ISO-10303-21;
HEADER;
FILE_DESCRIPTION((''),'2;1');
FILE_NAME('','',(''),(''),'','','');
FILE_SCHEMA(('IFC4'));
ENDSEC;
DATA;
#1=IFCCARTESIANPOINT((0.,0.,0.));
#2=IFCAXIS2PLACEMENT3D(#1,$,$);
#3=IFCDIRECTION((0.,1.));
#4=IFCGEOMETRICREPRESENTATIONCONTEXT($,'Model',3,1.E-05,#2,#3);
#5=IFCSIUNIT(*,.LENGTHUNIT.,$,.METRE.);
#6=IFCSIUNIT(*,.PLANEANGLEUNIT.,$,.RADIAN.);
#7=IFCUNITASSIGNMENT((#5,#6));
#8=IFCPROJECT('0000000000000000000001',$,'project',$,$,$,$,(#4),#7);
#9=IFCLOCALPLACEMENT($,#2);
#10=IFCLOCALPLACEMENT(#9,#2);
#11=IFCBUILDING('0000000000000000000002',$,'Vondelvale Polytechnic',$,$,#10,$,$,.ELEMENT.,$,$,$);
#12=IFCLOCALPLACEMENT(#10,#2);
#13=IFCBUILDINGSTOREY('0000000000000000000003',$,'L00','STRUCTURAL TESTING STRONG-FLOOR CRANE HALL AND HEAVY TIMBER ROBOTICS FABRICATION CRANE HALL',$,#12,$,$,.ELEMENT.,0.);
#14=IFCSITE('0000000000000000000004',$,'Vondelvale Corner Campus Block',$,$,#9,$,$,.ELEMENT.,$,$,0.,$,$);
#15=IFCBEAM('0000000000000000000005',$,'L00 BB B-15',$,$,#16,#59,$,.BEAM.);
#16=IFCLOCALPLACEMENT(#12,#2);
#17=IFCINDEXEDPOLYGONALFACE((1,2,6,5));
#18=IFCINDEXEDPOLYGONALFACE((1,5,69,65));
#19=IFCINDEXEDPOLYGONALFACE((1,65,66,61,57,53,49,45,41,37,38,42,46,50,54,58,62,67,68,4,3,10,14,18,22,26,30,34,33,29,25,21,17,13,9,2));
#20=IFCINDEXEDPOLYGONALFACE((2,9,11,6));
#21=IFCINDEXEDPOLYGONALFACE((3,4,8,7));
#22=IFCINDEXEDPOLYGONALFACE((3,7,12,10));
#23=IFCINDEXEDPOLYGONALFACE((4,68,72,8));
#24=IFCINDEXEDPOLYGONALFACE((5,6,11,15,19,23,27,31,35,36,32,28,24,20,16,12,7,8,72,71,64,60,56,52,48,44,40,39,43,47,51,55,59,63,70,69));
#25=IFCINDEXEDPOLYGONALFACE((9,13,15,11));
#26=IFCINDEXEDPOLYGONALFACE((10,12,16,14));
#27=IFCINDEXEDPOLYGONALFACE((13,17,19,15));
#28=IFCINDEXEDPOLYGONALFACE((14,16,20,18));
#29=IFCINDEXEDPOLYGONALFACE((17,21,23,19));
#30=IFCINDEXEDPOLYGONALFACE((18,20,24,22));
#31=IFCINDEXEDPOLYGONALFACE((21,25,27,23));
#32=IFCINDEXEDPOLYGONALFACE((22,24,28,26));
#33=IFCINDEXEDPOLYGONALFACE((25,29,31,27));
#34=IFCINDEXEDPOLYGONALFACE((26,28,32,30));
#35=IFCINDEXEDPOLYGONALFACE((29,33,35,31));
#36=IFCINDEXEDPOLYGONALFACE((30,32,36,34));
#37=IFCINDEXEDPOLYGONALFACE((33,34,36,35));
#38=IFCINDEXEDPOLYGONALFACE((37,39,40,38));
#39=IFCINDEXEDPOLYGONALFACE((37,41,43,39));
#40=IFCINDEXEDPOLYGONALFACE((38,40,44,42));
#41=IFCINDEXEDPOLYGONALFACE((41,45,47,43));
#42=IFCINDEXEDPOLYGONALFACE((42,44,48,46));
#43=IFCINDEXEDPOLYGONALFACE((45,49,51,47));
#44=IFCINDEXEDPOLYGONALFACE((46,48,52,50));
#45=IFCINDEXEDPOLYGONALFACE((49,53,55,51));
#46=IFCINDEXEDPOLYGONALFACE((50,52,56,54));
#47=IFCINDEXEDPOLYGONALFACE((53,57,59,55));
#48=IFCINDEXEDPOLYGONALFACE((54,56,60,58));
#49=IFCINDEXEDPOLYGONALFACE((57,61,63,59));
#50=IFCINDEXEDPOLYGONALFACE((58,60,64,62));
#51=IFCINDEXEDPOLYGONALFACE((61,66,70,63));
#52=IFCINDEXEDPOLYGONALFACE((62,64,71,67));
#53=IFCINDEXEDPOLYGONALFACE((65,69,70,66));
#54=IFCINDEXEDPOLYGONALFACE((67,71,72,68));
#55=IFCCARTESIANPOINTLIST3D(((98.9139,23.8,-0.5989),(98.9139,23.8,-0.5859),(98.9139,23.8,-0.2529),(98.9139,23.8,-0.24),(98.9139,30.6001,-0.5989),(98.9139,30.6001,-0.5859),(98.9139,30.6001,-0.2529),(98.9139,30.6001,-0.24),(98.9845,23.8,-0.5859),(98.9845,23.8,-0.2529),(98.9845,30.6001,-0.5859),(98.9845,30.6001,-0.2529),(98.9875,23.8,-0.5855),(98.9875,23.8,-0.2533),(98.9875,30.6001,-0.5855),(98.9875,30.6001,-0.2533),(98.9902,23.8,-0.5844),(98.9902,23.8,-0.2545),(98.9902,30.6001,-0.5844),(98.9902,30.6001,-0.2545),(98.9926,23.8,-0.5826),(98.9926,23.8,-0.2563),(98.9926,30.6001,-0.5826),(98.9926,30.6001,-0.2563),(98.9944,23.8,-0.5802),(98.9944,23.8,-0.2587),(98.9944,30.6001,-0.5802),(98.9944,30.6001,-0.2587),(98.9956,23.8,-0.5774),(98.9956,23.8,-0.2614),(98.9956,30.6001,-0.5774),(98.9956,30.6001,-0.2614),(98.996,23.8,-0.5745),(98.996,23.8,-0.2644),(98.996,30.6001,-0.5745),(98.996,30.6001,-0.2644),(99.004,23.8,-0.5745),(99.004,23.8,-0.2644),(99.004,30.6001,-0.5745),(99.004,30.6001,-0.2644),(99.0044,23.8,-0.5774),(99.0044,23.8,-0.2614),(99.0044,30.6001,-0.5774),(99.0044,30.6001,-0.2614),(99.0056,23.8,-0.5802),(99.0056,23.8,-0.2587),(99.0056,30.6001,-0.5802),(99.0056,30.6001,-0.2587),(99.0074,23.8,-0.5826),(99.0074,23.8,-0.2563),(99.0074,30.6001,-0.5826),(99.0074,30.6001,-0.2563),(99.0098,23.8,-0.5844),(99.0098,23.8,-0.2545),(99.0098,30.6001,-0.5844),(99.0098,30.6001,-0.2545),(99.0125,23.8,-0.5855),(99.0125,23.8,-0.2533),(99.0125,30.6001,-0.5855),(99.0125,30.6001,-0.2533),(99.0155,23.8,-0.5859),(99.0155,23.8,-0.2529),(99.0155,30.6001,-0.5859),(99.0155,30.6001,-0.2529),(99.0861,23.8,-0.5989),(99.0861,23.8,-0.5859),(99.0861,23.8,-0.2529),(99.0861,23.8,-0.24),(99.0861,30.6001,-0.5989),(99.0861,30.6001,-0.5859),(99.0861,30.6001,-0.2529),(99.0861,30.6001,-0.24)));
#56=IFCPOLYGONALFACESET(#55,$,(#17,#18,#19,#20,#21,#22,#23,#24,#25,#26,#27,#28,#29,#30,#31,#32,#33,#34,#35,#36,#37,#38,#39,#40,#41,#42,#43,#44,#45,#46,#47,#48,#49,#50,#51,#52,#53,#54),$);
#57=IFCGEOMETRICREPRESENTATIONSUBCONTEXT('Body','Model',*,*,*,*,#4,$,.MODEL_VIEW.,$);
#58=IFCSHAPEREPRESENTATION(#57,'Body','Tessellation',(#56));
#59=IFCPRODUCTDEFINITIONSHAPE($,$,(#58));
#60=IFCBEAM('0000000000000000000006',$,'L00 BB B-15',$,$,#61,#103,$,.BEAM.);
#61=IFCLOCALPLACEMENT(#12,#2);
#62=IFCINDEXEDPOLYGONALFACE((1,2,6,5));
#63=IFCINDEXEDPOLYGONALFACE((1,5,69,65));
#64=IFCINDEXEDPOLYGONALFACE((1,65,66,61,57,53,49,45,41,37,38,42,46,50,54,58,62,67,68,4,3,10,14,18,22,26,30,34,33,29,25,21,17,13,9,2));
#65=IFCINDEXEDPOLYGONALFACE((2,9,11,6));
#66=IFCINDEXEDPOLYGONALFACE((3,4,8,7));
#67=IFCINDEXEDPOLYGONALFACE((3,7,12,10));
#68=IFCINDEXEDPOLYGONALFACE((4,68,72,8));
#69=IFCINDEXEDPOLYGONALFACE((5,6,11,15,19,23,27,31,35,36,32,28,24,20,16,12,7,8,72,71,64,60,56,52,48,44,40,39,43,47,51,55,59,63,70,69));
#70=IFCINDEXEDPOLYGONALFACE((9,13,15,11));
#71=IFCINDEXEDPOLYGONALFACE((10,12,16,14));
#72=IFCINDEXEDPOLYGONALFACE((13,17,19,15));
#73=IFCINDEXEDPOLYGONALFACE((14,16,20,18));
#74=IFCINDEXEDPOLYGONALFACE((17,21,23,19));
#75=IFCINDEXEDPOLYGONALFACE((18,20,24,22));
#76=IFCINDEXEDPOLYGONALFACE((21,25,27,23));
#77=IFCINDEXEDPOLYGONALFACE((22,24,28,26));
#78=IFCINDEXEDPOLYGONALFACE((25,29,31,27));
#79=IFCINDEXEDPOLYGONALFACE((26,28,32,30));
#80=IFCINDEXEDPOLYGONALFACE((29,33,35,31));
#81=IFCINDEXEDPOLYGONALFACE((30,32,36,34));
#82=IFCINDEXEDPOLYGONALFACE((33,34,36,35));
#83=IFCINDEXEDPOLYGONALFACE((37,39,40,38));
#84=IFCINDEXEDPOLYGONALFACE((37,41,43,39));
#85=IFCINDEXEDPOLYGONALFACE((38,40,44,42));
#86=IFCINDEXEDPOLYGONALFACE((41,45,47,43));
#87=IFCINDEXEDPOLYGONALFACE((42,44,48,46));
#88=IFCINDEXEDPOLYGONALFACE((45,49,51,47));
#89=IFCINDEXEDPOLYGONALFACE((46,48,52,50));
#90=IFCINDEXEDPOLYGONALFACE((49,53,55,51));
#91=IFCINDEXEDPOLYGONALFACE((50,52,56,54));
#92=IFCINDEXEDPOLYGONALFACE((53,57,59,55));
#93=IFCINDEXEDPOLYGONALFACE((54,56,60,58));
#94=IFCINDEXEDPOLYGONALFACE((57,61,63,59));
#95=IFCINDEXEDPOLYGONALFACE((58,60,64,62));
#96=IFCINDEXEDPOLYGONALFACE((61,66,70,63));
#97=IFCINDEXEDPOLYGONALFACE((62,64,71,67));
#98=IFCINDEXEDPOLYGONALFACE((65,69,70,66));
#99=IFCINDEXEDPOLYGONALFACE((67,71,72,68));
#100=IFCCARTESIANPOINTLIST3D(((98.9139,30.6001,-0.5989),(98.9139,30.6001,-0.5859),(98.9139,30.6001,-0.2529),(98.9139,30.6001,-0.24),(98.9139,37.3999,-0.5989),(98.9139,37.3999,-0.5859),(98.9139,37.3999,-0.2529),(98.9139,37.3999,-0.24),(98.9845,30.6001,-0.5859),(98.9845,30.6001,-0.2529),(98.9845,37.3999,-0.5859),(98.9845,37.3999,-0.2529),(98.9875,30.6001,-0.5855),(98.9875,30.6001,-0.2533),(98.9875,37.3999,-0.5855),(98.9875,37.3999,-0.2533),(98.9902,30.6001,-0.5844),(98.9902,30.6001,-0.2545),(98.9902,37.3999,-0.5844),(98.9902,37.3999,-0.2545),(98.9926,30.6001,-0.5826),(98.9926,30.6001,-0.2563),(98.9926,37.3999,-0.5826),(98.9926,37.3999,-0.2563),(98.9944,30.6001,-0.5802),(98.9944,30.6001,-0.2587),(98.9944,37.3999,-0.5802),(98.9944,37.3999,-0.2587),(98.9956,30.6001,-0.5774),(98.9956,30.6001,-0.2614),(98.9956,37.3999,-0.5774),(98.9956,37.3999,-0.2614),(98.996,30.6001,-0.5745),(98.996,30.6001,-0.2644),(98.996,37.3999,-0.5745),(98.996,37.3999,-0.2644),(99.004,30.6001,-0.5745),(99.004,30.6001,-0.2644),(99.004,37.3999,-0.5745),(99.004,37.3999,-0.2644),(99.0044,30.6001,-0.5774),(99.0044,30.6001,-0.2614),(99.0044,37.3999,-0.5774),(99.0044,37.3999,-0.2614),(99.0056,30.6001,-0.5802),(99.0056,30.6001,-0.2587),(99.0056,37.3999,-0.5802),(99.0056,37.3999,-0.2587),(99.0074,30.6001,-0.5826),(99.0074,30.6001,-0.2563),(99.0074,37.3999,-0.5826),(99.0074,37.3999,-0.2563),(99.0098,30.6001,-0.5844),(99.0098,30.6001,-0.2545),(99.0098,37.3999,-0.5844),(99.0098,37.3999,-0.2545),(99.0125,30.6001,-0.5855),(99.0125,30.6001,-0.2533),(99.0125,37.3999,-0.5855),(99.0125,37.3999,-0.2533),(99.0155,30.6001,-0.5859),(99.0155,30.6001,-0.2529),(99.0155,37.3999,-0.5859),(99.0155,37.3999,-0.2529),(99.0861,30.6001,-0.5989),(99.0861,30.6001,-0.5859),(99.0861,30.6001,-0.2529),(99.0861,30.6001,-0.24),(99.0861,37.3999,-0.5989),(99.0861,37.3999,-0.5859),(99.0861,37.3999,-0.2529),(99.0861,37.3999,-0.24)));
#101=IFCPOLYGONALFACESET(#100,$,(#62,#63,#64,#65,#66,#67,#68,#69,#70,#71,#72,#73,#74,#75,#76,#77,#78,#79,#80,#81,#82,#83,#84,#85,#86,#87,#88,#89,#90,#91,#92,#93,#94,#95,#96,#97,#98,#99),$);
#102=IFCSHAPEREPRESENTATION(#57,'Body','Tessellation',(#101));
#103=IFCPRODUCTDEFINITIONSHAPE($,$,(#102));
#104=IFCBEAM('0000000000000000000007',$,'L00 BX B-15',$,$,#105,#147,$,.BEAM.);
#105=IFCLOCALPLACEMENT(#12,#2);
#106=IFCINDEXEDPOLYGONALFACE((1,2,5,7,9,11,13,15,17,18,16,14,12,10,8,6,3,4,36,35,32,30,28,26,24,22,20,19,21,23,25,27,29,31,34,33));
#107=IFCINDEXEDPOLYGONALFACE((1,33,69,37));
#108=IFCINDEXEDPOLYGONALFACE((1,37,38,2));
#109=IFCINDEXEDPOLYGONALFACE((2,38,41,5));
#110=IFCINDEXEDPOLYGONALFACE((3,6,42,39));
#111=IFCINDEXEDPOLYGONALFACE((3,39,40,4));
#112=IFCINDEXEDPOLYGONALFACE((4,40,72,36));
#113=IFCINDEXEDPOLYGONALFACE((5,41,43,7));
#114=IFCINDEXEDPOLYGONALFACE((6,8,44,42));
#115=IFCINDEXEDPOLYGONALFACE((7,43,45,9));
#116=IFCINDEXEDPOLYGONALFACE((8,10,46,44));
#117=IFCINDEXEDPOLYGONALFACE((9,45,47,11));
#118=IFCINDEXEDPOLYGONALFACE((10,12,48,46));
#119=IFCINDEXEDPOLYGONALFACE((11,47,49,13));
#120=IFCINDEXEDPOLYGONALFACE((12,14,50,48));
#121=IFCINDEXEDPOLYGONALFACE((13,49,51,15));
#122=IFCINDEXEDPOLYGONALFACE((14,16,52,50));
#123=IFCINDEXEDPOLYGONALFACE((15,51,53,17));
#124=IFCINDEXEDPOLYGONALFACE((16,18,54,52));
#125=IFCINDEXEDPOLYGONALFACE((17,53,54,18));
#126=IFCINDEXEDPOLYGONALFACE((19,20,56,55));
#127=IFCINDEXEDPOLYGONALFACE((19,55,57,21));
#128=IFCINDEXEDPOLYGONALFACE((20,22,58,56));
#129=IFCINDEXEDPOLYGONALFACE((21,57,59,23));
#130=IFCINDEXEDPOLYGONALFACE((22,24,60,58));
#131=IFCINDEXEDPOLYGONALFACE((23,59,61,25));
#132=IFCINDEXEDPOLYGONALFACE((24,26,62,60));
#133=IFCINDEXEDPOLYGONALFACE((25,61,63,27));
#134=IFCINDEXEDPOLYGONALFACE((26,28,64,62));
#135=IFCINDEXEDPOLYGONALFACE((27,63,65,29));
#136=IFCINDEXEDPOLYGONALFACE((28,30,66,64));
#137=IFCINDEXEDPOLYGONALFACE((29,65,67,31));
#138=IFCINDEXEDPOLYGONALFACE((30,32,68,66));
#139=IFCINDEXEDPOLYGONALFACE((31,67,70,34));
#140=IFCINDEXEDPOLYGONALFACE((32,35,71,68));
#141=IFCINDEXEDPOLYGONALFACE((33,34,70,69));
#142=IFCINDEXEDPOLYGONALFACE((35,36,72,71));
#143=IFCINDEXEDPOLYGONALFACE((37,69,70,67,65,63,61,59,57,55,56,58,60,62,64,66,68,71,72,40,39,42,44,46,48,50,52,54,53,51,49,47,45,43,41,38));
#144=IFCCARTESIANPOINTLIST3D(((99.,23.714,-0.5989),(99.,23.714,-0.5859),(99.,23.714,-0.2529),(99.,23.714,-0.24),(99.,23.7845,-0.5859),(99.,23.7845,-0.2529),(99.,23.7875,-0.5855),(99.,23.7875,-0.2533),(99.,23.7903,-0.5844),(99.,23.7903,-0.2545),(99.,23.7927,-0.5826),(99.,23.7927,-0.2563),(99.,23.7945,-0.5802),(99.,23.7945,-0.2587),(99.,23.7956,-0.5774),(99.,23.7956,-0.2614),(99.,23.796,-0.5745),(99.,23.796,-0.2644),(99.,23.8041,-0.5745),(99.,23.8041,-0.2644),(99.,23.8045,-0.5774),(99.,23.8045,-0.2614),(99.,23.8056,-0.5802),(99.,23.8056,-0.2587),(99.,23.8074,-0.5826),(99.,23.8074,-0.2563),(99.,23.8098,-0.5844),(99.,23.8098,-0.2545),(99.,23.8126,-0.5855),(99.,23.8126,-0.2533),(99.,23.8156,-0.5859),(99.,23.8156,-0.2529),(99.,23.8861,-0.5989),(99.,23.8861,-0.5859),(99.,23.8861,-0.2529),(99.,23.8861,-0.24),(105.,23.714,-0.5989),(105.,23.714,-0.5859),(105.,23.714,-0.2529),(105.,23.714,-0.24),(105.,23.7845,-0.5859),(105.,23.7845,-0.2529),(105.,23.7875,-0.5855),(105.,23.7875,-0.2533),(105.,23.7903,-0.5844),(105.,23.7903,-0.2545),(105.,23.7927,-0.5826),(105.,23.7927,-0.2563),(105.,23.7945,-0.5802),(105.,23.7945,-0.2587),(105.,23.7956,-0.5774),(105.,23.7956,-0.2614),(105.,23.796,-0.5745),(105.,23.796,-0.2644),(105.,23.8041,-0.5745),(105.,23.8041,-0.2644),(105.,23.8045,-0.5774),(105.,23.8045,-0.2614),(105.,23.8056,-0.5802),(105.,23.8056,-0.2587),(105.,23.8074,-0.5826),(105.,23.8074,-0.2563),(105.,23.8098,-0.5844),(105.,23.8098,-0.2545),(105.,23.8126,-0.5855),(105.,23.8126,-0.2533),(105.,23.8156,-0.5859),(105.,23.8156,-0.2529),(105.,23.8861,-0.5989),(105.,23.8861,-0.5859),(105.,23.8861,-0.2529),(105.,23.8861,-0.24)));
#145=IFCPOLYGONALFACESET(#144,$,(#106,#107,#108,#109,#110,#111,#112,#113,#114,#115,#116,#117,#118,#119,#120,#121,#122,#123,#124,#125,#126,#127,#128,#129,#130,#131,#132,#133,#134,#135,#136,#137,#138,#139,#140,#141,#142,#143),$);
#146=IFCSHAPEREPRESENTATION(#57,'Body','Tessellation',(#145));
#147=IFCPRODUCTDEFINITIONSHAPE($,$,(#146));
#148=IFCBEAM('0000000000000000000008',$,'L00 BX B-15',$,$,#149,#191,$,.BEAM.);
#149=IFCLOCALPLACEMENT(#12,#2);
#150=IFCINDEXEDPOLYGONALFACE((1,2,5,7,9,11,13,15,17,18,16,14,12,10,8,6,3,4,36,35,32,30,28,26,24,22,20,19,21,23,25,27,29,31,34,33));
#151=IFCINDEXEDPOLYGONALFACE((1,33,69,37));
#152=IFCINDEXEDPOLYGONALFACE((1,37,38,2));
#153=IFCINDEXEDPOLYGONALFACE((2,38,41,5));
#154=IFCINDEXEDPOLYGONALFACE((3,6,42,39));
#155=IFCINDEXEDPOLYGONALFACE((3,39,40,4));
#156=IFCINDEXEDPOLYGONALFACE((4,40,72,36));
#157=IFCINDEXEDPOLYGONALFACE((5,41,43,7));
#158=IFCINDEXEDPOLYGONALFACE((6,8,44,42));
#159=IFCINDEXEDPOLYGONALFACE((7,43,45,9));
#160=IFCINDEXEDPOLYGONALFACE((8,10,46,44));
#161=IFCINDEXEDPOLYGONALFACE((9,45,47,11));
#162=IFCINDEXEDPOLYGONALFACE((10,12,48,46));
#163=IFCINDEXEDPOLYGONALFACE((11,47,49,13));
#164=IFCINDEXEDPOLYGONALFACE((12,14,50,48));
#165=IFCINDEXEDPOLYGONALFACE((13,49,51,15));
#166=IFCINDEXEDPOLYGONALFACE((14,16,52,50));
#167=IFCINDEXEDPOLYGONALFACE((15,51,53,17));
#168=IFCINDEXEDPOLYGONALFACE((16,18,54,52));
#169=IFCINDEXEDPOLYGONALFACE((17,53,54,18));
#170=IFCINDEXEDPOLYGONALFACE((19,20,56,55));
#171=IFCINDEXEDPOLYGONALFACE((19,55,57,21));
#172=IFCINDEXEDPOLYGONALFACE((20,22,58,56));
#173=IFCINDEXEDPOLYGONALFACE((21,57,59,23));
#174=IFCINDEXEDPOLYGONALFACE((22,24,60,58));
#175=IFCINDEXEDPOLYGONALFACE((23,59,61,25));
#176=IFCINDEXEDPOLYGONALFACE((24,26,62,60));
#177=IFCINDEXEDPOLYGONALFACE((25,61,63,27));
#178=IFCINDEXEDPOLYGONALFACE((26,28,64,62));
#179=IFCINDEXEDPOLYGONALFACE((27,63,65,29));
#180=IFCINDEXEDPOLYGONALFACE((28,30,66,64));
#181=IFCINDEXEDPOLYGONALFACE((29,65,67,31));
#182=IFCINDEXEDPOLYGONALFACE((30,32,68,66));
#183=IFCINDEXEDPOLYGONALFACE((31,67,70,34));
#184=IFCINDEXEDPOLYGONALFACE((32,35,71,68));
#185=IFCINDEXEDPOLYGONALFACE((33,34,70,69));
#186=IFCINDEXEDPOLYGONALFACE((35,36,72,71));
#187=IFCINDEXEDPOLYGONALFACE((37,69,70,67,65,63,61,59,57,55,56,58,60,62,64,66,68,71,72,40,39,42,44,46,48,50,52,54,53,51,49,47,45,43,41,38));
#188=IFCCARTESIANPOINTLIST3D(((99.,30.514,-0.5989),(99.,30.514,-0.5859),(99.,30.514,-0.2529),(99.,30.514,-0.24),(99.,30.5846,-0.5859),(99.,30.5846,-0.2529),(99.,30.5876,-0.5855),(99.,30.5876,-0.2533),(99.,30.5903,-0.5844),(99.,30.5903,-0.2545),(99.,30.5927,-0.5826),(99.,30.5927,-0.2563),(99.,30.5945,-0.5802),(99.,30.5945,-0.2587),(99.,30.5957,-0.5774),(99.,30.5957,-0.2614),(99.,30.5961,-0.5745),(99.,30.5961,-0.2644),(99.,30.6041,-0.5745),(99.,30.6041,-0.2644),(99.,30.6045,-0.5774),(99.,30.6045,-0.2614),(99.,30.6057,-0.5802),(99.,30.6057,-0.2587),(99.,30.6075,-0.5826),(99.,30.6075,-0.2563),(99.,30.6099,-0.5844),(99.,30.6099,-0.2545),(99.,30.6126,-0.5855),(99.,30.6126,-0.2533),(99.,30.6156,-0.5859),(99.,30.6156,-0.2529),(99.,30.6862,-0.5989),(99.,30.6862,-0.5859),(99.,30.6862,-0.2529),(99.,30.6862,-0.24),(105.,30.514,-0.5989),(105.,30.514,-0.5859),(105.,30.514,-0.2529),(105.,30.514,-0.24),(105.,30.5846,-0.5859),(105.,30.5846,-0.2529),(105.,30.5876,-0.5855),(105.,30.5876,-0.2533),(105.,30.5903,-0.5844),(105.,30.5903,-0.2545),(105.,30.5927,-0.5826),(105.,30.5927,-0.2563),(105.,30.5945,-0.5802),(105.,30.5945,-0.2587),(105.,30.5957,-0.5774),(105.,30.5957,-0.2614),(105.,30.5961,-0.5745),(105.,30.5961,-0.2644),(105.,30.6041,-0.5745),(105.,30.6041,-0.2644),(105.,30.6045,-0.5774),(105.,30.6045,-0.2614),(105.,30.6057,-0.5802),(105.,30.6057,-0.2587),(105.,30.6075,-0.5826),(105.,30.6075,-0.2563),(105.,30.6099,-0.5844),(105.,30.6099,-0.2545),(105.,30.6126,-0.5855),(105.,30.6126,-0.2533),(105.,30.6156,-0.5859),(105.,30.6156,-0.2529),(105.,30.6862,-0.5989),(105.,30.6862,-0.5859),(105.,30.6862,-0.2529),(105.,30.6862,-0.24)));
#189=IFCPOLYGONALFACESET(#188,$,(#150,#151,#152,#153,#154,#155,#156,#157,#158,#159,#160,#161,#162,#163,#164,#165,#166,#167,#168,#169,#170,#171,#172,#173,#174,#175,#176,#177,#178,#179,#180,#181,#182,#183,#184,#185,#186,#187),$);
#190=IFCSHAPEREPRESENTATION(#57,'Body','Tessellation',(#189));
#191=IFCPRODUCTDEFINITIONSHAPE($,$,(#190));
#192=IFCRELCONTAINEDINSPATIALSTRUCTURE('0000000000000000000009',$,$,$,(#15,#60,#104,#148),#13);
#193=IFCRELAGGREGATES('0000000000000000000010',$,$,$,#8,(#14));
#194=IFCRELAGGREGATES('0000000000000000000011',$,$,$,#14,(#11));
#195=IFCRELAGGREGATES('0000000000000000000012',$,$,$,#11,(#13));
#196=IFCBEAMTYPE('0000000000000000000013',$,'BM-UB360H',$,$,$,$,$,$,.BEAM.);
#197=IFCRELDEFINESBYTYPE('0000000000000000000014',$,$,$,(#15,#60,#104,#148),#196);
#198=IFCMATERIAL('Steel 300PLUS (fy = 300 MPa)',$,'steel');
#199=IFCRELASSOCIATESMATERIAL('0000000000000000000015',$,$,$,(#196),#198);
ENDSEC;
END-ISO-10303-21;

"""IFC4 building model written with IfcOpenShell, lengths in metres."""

from ifc_helpers import new_model, si_unit, direction, frame, origin, origin_2d, place, context, subcontext, project, spatial, i_section, extrude, material, material_profile, profile_set, type_object, element, save


model = new_model("IFC4")

# Units and contexts
model_context = context("Model", 3, precision=1e-05, world=origin(), true_north=direction((0.0, 1.0)))
body_context = subcontext(model_context, "Body", "Model", "MODEL_VIEW")
ifc_project = project(units=[si_unit("LENGTHUNIT", "METRE"), si_unit("PLANEANGLEUNIT", "RADIAN")], contexts=[model_context])

# Site, building, storey
site_placement = place(None, origin())
site = spatial("IfcSite", under=ifc_project, at=site_placement, Name="Vondelvale Corner Campus Block", CompositionType="ELEMENT", RefElevation=0.0)
building_placement = place(site_placement, origin())
building = spatial("IfcBuilding", under=site, at=building_placement, Name="Vondelvale Polytechnic", CompositionType="ELEMENT")
storey_placement = place(building_placement, origin())
storey = spatial("IfcBuildingStorey", under=building, at=storey_placement, Name="L00", Description="STRUCTURAL TESTING STRONG-FLOOR CRANE HALL AND HEAVY TIMBER ROBOTICS FABRICATION CRANE HALL", CompositionType="ELEMENT", Elevation=0.0)

# Shared definitions
ifc_material_1 = material(Name="Steel 300PLUS (fy = 300 MPa)", Category="steel")

# Beams
ifc_material_profile_1 = material_profile(ifc_material_1, i_section(OverallWidth=0.1721, OverallDepth=0.3589, WebThickness=0.0081, FlangeThickness=0.0129, FilletRadius=0.0115, at=origin_2d()), Name="360UB56.7")
ifc_profile_set_1 = profile_set([ifc_material_profile_1], Name="Steel 300PLUS (fy = 300 MPa)")
beam_type_1 = type_object("IfcBeamType", Name="BM-UB360H", PredefinedType="BEAM", material=ifc_profile_set_1)
beam_1_placement = place(storey_placement, frame((99.0, 23.8, -0.4194), z_axis=(0.0, 1.0, 0.0), x_axis=(-1.0, 0.0, 0.0)))
element("IfcBeam", 1, at=beam_1_placement, inside=storey, type_object=beam_type_1, Name="L00 BB B-15", PredefinedType="BEAM", context=body_context, shape_type="SweptSolid", body=[
    extrude(i_section(OverallWidth=0.1721, OverallDepth=0.3589, WebThickness=0.0081, FlangeThickness=0.0129, FilletRadius=0.0115, at=origin_2d()), origin(), (0.0, 0.0, 1.0), 6.8),
])
beam_2_placement = place(storey_placement, frame((99.0, 30.6001, -0.4194), z_axis=(0.0, 1.0, 0.0), x_axis=(-1.0, 0.0, 0.0)))
element("IfcBeam", 2, at=beam_2_placement, inside=storey, type_object=beam_type_1, Name="L00 BB B-15", PredefinedType="BEAM", context=body_context, shape_type="SweptSolid", body=[
    extrude(i_section(OverallWidth=0.1721, OverallDepth=0.3589, WebThickness=0.0081, FlangeThickness=0.0129, FilletRadius=0.0115, at=origin_2d()), origin(), (0.0, 0.0, 1.0), 6.7998),
])
for number, where, z_axis, x_axis, name in (
    (3, (99.0, 23.8, -0.4194), (1.0, 0.0, 0.0), (0.0, 1.0, 0.0), "L00 BX B-15"),
    (4, (99.0, 30.6001, -0.4194), (1.0, 0.0, 0.0), (0.0, 1.0, 0.0), "L00 BX B-15"),
):
    element("IfcBeam", number, at=place(storey_placement, frame(where, z_axis=z_axis, x_axis=x_axis)), inside=storey, type_object=beam_type_1, Name=name, PredefinedType="BEAM", context=body_context, shape_type="SweptSolid", body=[
        extrude(i_section(OverallWidth=0.1721, OverallDepth=0.3589, WebThickness=0.0081, FlangeThickness=0.0129, FilletRadius=0.0115, at=origin_2d()), origin(), (0.0, 0.0, 1.0), 6.0),
    ])

save(model, "model.ifc")
